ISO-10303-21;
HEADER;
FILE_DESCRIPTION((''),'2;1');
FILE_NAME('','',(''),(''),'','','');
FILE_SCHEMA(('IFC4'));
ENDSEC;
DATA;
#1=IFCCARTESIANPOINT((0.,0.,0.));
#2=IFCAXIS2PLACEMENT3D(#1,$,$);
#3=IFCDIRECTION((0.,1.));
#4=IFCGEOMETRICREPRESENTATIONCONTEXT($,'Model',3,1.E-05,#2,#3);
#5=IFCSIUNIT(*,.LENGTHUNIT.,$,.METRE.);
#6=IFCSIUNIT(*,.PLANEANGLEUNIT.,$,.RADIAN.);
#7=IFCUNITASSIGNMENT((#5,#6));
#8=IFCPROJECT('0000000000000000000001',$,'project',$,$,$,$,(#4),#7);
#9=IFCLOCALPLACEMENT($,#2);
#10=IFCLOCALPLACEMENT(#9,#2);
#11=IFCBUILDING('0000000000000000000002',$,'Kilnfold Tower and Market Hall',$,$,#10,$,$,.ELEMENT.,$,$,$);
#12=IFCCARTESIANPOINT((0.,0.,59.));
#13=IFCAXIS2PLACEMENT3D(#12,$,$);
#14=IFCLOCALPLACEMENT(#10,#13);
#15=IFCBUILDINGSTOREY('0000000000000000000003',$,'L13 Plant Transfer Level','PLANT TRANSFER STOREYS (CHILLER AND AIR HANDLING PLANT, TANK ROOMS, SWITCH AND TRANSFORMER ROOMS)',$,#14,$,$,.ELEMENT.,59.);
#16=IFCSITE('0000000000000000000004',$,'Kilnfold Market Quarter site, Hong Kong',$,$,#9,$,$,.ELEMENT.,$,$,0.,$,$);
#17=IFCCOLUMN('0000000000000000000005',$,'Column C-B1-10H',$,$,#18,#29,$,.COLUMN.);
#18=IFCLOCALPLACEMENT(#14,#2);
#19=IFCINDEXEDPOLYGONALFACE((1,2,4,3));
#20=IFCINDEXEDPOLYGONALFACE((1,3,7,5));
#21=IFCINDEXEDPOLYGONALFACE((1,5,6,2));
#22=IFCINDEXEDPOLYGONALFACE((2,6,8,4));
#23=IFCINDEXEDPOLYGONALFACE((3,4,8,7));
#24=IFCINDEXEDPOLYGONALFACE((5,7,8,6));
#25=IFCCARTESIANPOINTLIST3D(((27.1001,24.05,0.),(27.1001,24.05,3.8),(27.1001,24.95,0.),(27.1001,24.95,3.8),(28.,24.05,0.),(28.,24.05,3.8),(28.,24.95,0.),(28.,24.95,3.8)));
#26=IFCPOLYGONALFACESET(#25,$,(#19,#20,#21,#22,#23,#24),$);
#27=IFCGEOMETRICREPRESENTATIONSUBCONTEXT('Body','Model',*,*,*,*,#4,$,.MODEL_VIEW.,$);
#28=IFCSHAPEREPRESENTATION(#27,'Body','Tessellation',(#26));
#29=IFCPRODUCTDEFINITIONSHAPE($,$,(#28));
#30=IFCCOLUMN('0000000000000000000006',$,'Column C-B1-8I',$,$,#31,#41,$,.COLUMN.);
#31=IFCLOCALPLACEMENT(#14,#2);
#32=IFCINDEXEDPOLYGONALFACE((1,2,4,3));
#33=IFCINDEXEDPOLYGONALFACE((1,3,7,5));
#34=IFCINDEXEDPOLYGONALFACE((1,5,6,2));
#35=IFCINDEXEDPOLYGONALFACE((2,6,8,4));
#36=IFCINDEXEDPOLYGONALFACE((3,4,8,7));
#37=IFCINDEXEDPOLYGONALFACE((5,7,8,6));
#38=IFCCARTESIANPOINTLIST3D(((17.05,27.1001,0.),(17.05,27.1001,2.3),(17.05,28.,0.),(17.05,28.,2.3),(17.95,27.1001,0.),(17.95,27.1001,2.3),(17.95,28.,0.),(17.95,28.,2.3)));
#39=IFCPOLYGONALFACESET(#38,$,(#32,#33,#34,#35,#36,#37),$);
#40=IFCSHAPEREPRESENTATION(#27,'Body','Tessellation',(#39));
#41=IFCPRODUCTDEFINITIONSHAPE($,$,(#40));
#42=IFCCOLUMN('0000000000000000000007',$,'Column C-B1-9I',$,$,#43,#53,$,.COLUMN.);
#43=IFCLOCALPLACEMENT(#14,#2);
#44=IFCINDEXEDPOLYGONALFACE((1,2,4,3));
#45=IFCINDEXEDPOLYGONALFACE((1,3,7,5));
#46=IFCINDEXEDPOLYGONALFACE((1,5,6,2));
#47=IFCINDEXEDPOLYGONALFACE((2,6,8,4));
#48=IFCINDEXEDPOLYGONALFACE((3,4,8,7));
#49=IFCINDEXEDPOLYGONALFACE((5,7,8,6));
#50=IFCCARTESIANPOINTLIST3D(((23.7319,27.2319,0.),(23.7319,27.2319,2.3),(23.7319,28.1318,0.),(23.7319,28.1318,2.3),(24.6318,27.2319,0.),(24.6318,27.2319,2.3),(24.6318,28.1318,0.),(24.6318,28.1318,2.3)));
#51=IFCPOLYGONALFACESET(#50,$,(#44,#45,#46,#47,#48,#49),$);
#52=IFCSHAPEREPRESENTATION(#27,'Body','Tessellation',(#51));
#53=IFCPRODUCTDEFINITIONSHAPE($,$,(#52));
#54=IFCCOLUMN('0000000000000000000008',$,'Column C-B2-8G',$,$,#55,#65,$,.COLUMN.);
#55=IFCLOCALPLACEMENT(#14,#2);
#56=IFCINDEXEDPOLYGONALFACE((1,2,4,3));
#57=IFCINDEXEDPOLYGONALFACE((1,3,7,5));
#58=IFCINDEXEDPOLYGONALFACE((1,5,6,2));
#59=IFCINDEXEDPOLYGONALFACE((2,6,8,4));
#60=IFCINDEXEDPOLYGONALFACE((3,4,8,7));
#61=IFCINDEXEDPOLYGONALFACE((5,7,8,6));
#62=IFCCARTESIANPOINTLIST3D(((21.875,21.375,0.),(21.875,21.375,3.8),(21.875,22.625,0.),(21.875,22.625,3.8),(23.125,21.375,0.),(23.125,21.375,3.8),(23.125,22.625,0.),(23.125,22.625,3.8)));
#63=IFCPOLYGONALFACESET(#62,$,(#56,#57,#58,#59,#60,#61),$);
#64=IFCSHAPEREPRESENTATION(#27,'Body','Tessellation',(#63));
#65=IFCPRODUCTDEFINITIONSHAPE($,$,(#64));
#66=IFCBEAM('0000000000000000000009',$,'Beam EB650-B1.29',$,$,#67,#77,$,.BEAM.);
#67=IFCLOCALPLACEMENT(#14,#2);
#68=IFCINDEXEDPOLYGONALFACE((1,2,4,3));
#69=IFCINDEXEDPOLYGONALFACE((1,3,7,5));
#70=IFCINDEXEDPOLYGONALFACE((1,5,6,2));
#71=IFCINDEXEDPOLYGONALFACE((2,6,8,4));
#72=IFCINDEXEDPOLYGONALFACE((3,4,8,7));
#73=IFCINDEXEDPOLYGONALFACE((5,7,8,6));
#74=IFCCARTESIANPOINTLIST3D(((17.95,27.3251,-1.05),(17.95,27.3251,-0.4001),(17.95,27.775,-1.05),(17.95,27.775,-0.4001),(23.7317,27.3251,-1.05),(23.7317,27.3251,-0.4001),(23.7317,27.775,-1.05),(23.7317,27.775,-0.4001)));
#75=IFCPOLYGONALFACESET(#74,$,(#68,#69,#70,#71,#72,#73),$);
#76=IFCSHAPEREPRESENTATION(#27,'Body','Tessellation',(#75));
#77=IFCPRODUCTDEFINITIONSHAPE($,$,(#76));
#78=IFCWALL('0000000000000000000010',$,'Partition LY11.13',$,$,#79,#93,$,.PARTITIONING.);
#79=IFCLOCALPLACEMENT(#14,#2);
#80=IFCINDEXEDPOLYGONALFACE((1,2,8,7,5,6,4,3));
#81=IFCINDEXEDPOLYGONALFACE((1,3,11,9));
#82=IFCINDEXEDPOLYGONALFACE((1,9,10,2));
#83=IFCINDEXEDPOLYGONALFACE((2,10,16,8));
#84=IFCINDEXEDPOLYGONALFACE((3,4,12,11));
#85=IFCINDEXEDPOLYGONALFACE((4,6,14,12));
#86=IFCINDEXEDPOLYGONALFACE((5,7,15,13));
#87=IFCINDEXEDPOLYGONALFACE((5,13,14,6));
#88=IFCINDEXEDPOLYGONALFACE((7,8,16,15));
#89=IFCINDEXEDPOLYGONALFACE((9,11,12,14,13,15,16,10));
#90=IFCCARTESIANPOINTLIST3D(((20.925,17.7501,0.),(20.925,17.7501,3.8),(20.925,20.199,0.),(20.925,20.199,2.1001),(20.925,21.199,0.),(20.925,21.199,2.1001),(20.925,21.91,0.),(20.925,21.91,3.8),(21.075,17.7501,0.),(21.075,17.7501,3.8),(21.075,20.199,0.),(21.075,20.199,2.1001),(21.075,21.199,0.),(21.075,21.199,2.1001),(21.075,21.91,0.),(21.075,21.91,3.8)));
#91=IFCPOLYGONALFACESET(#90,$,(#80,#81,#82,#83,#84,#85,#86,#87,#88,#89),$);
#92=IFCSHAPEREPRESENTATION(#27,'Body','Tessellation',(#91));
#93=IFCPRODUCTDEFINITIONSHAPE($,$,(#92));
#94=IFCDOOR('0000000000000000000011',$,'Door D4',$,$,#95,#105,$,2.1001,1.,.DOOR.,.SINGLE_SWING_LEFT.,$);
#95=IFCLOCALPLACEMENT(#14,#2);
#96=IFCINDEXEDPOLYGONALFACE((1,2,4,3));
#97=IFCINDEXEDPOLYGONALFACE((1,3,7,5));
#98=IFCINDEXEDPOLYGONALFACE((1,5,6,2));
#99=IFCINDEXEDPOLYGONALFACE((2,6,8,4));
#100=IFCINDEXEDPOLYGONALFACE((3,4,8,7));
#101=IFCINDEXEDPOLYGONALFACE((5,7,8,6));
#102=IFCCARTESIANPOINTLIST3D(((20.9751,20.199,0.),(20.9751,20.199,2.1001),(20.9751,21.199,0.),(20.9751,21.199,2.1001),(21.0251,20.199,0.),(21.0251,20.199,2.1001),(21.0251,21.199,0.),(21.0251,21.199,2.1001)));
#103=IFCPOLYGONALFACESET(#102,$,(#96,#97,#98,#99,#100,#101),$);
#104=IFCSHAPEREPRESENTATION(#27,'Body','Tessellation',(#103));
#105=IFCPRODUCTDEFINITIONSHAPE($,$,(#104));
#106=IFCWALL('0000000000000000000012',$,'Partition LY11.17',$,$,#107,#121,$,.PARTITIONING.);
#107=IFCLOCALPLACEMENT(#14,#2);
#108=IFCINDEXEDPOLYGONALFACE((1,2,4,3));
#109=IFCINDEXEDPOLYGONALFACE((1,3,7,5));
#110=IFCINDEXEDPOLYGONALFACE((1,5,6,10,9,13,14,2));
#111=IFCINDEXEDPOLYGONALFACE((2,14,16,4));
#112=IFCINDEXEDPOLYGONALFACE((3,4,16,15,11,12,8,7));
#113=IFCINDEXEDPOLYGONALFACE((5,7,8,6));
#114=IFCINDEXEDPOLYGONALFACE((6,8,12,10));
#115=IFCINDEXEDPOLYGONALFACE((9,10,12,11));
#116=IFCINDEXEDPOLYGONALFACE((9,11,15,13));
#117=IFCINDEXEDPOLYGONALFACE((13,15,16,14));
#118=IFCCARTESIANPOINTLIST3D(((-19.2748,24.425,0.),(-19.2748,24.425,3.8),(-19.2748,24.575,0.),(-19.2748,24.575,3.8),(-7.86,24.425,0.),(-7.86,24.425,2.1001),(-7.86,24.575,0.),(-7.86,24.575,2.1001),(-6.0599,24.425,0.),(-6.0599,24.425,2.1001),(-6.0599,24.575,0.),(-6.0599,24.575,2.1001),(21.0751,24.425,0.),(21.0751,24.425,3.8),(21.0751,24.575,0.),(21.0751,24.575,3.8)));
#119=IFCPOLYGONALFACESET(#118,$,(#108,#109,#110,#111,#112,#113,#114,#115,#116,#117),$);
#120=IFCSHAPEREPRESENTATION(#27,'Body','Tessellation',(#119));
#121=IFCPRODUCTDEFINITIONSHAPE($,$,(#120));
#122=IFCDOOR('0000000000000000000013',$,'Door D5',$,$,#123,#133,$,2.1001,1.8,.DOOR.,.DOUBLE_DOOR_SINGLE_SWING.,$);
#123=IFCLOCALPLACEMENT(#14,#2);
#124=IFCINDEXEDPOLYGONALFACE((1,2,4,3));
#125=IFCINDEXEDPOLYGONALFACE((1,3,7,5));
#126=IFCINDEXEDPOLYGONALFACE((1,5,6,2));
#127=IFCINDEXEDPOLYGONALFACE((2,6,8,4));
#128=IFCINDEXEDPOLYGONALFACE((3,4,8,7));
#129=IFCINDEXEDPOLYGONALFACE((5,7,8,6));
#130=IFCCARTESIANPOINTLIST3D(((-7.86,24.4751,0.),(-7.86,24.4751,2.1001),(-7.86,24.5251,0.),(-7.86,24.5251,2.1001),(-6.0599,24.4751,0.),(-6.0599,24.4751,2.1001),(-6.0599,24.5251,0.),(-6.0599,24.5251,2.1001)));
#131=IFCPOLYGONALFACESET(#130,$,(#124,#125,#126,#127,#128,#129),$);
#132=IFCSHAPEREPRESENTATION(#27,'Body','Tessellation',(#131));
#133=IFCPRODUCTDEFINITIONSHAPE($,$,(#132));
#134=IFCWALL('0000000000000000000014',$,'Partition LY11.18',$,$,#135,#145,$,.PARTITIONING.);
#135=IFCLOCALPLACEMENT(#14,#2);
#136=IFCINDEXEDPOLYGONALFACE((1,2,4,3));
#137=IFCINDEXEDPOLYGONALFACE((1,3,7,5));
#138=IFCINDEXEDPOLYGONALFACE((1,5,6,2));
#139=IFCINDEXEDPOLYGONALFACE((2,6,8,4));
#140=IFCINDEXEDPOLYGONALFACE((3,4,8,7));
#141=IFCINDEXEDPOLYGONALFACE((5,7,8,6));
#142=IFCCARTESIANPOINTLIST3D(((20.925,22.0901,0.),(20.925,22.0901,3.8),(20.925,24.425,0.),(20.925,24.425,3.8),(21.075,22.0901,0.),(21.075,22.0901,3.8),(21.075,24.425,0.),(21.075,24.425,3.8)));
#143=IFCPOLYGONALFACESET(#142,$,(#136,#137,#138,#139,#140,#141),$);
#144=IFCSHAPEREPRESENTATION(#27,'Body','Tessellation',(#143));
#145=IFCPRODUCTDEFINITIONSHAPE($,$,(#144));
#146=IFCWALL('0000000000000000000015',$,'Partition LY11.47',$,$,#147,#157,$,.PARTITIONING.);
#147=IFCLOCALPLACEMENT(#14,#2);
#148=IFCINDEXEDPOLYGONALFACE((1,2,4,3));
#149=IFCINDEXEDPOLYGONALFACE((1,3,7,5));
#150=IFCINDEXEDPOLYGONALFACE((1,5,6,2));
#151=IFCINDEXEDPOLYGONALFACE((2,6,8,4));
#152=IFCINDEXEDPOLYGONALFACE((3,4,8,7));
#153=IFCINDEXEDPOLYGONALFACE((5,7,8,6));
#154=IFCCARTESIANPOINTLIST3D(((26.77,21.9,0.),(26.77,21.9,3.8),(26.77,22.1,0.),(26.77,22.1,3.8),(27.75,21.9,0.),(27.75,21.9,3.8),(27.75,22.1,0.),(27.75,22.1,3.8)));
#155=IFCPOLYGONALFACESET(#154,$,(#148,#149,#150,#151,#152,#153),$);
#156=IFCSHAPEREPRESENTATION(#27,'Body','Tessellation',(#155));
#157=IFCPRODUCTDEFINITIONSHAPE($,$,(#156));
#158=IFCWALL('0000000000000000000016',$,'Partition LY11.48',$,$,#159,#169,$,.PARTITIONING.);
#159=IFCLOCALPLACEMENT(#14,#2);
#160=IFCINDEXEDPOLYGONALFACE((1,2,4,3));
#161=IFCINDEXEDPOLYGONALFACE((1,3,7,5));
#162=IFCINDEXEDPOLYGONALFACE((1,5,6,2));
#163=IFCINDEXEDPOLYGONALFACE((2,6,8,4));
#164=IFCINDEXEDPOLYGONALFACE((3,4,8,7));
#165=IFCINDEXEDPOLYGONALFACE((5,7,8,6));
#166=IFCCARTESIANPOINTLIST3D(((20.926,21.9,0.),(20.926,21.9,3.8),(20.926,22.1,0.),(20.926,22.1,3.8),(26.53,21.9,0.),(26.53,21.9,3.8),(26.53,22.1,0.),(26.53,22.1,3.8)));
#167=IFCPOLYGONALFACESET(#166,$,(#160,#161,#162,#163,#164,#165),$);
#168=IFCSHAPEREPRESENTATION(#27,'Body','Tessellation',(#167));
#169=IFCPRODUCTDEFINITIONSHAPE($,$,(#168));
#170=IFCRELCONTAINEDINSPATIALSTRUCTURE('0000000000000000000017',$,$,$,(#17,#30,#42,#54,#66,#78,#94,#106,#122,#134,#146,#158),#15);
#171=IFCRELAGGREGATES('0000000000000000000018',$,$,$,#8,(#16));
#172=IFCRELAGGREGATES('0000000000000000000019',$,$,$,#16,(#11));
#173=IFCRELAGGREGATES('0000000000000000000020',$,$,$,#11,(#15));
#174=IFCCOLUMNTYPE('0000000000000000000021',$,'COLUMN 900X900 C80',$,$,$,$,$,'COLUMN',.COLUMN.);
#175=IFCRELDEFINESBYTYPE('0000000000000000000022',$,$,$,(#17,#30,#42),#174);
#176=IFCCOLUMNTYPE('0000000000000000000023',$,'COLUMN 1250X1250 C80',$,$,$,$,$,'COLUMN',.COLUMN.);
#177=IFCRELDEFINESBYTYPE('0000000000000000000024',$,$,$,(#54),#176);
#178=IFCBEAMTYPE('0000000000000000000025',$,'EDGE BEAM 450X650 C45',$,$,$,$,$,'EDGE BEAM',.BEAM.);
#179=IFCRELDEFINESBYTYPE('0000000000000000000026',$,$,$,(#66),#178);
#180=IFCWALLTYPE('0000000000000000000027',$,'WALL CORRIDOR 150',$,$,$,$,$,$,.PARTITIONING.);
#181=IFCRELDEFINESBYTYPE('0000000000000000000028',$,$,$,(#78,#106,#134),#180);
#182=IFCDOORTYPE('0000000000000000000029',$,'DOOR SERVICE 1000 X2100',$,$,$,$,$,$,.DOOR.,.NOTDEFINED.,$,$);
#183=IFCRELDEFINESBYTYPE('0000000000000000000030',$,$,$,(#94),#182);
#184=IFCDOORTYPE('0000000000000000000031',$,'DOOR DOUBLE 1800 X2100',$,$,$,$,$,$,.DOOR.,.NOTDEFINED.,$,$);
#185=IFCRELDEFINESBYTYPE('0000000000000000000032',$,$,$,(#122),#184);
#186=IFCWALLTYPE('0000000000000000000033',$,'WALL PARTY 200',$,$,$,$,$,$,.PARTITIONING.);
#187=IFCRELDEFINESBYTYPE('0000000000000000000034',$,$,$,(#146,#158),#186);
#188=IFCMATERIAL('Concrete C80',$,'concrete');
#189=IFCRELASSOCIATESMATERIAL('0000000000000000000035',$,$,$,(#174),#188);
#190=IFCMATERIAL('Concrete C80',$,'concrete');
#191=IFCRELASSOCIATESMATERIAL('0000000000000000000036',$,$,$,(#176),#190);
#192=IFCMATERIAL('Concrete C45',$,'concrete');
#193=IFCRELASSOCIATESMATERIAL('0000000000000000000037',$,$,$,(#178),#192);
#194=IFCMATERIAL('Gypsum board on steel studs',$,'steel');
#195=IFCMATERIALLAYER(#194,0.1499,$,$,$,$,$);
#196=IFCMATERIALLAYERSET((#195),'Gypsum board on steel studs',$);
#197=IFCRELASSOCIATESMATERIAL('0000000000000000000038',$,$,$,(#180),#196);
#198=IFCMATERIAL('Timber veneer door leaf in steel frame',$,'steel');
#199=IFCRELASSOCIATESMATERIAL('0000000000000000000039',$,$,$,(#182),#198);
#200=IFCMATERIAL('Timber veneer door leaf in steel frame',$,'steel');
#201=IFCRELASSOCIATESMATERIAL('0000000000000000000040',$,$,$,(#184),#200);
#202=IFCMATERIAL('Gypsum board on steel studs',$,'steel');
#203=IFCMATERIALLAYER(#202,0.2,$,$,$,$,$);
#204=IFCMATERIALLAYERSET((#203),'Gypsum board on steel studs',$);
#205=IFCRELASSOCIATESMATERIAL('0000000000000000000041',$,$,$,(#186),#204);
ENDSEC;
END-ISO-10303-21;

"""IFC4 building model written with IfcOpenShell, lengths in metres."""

from ifc_helpers import new_model, si_unit, direction, frame, frame_2d, origin, origin_2d, place, context, subcontext, project, spatial, rectangle, extrude, source, transform, mapped, material, layer, layer_set, material_profile, profile_set, type_object, element, fill, save


model = new_model("IFC4")

# Units and contexts
model_context = context("Model", 3, precision=1e-05, world=origin(), true_north=direction((0.0, 1.0)))
body_context = subcontext(model_context, "Body", "Model", "MODEL_VIEW")
ifc_project = project(units=[si_unit("LENGTHUNIT", "METRE"), si_unit("PLANEANGLEUNIT", "RADIAN")], contexts=[model_context])

# Site, building, storey
site_placement = place(None, origin())
site = spatial("IfcSite", under=ifc_project, at=site_placement, Name="Kilnfold Market Quarter site, Hong Kong", CompositionType="ELEMENT", RefElevation=0.0)
building_placement = place(site_placement, origin())
building = spatial("IfcBuilding", under=site, at=building_placement, Name="Kilnfold Tower and Market Hall", CompositionType="ELEMENT")
storey_placement = place(building_placement, frame((0.0, 0.0, 59.0)))
storey = spatial("IfcBuildingStorey", under=building, at=storey_placement, Name="L13 Plant Transfer Level", Description="PLANT TRANSFER STOREYS (CHILLER AND AIR HANDLING PLANT, TANK ROOMS, SWITCH AND TRANSFORMER ROOMS)", CompositionType="ELEMENT", Elevation=59.0)

# Columns
ifc_material_1 = material(Name="Concrete C80", Category="concrete")
ifc_material_profile_1 = material_profile(ifc_material_1, rectangle(XDim=0.8999, YDim=0.8999, at=origin_2d()), Name="RC 900x900")
ifc_profile_set_1 = profile_set([ifc_material_profile_1], Name="Concrete C80")
column_type_1 = type_object("IfcColumnType", Name="COLUMN 900X900 C80", ElementType="COLUMN", PredefinedType="COLUMN", material=ifc_profile_set_1)
shared_shape_1 = source(origin(), body_context, "Body", "SweptSolid", [
    extrude(rectangle(XDim=0.8999, YDim=0.8999, at=origin_2d()), origin(), (0.0, 0.0, 1.0), 3.8),
])
column_1_placement = place(storey_placement, frame((27.55, 24.5, 0.0), z_axis=(0.0, 0.0, 1.0), x_axis=(1.0, 0.0, 0.0)))
element("IfcColumn", 1, at=column_1_placement, inside=storey, type_object=column_type_1, Name="Column C-B1-10H", PredefinedType="COLUMN", context=body_context, shape_type="MappedRepresentation", body=[
    mapped(shared_shape_1, transform((0.0, 0.0, 0.0))),
])
shared_shape_2 = source(origin(), body_context, "Body", "SweptSolid", [
    extrude(rectangle(XDim=0.8999, YDim=0.8999, at=origin_2d()), origin(), (0.0, 0.0, 1.0), 2.3),
])
for number, where, z_axis, x_axis, name in (
    (2, (17.5, 27.55, 0.0), (0.0, 0.0, 1.0), (1.0, 0.0, 0.0), "Column C-B1-8I"),
    (3, (24.1819, 27.6819, 0.0), (0.0, 0.0, 1.0), (1.0, 0.0, 0.0), "Column C-B1-9I"),
):
    element("IfcColumn", number, at=place(storey_placement, frame(where, z_axis=z_axis, x_axis=x_axis)), inside=storey, type_object=column_type_1, Name=name, PredefinedType="COLUMN", context=body_context, shape_type="MappedRepresentation", body=[
        mapped(shared_shape_2, transform((0.0, 0.0, 0.0))),
    ])
ifc_material_2 = material(Name="Concrete C80", Category="concrete")
ifc_material_profile_2 = material_profile(ifc_material_2, rectangle(XDim=1.25, YDim=1.25, at=origin_2d()), Name="RC 1250x1250")
ifc_profile_set_2 = profile_set([ifc_material_profile_2], Name="Concrete C80")
column_type_2 = type_object("IfcColumnType", Name="COLUMN 1250X1250 C80", ElementType="COLUMN", PredefinedType="COLUMN", material=ifc_profile_set_2)
shared_shape_3 = source(origin(), body_context, "Body", "SweptSolid", [
    extrude(rectangle(XDim=1.25, YDim=1.25, at=origin_2d()), origin(), (0.0, 0.0, 1.0), 3.8),
])
column_2_placement = place(storey_placement, frame((22.5, 22.0, 0.0), z_axis=(0.0, 0.0, 1.0), x_axis=(1.0, 0.0, 0.0)))
element("IfcColumn", 4, at=column_2_placement, inside=storey, type_object=column_type_2, Name="Column C-B2-8G", PredefinedType="COLUMN", context=body_context, shape_type="MappedRepresentation", body=[
    mapped(shared_shape_3, transform((0.0, 0.0, 0.0))),
])

# Beam
ifc_material_3 = material(Name="Concrete C45", Category="concrete")
ifc_material_profile_3 = material_profile(ifc_material_3, rectangle(XDim=0.45, YDim=0.6499, at=origin_2d()), Name="RC 450x650")
ifc_profile_set_3 = profile_set([ifc_material_profile_3], Name="Concrete C45")
beam_type = type_object("IfcBeamType", Name="EDGE BEAM 450X650 C45", ElementType="EDGE BEAM", PredefinedType="BEAM", material=ifc_profile_set_3)
shared_shape_4 = source(origin(), body_context, "Body", "SweptSolid", [
    extrude(rectangle(XDim=0.45, YDim=0.6499, at=origin_2d()), origin(), (0.0, 0.0, 1.0), 5.7817),
])
beam_placement = place(storey_placement, frame((17.95, 27.55, -0.7251), z_axis=(1.0, 0.0, 0.0), x_axis=(0.0, 1.0, 0.0)))
element("IfcBeam", 5, at=beam_placement, inside=storey, type_object=beam_type, Name="Beam EB650-B1.29", PredefinedType="BEAM", context=body_context, shape_type="MappedRepresentation", body=[
    mapped(shared_shape_4, transform((0.0, 0.0, 0.0))),
])

# Walls, openings, doors
ifc_material_4 = material(Name="Gypsum board on steel studs", Category="steel")
ifc_layer_1 = layer(ifc_material_4, 0.1499)
ifc_layer_set_1 = layer_set([ifc_layer_1], Name="Gypsum board on steel studs")
wall_type_1 = type_object("IfcWallType", Name="WALL CORRIDOR 150", PredefinedType="PARTITIONING", material=ifc_layer_set_1)
wall_1_placement = place(storey_placement, frame((21.0, 17.75, 0.0), z_axis=(0.0, 0.0, 1.0), x_axis=(0.0, 1.0, 0.0)))
wall_1 = element("IfcWall", 6, at=wall_1_placement, inside=storey, type_object=wall_type_1, Name="Partition LY11.13", PredefinedType="PARTITIONING", context=body_context, shape_type="SweptSolid", body=[
    extrude(rectangle(XDim=4.1599, YDim=0.1499, at=frame_2d((2.0801, 0.0))), origin(), (0.0, 0.0, 1.0), 3.8),
])
opening_1_placement = place(wall_1_placement, frame((2.449, 0.0, 0.0)))
opening_1 = element("IfcOpeningElement", 7, at=opening_1_placement, cuts=wall_1, PredefinedType="OPENING", context=body_context, shape_type="SweptSolid", body=[
    extrude(rectangle(XDim=1.0, YDim=2.1001, at=frame_2d((0.5, 1.05))), frame((0.0, 0.085, 0.0), z_axis=(0.0, -1.0, 0.0), x_axis=(1.0, 0.0, 0.0)), (0.0, 0.0, 1.0), 0.1699),
])
ifc_material_5 = material(Name="Timber veneer door leaf in steel frame", Category="steel")
door_type_1 = type_object("IfcDoorType", Name="DOOR SERVICE 1000 X2100", OperationType="NOTDEFINED", PredefinedType="DOOR", material=ifc_material_5)
door_1_placement = place(opening_1_placement, origin())
door_1 = element("IfcDoor", 8, at=door_1_placement, inside=storey, type_object=door_type_1, Name="Door D4", OperationType="SINGLE_SWING_LEFT", OverallHeight=2.1001, OverallWidth=1.0, PredefinedType="DOOR", context=body_context, shape_type="SweptSolid", body=[
    extrude(rectangle(XDim=1.0, YDim=2.1001, at=frame_2d((0.5, 1.05))), frame((0.0, 0.0249, 0.0), z_axis=(0.0, -1.0, 0.0), x_axis=(1.0, 0.0, 0.0)), (0.0, 0.0, 1.0), 0.05),
])
fill(opening_1, door_1)
wall_2_placement = place(storey_placement, frame((21.075, 24.5, 0.0), z_axis=(0.0, 0.0, 1.0), x_axis=(-1.0, 0.0, 0.0)))
wall_2 = element("IfcWall", 9, at=wall_2_placement, inside=storey, type_object=wall_type_1, Name="Partition LY11.17", PredefinedType="PARTITIONING", context=body_context, shape_type="SweptSolid", body=[
    extrude(rectangle(XDim=40.3499, YDim=0.1499, at=frame_2d((20.1748, 0.0))), origin(), (0.0, 0.0, 1.0), 3.8),
])
opening_2_placement = place(wall_2_placement, frame((27.135, 0.0, 0.0)))
opening_2 = element("IfcOpeningElement", 10, at=opening_2_placement, cuts=wall_2, PredefinedType="OPENING", context=body_context, shape_type="SweptSolid", body=[
    extrude(rectangle(XDim=1.8, YDim=2.1001, at=frame_2d((0.8999, 1.05))), frame((0.0, 0.085, 0.0), z_axis=(0.0, -1.0, 0.0), x_axis=(1.0, 0.0, 0.0)), (0.0, 0.0, 1.0), 0.1699),
])
ifc_material_6 = material(Name="Timber veneer door leaf in steel frame", Category="steel")
door_type_2 = type_object("IfcDoorType", Name="DOOR DOUBLE 1800 X2100", OperationType="NOTDEFINED", PredefinedType="DOOR", material=ifc_material_6)
door_2_placement = place(opening_2_placement, origin())
door_2 = element("IfcDoor", 11, at=door_2_placement, inside=storey, type_object=door_type_2, Name="Door D5", OperationType="DOUBLE_DOOR_SINGLE_SWING", OverallHeight=2.1001, OverallWidth=1.8, PredefinedType="DOOR", context=body_context, shape_type="SweptSolid", body=[
    extrude(rectangle(XDim=1.8, YDim=2.1001, at=frame_2d((0.8999, 1.05))), frame((0.0, 0.0249, 0.0), z_axis=(0.0, -1.0, 0.0), x_axis=(1.0, 0.0, 0.0)), (0.0, 0.0, 1.0), 0.05),
])
fill(opening_2, door_2)

# Walls
wall_3_placement = place(storey_placement, frame((21.0, 22.0901, 0.0), z_axis=(0.0, 0.0, 1.0), x_axis=(0.0, 1.0, 0.0)))
element("IfcWall", 12, at=wall_3_placement, inside=storey, type_object=wall_type_1, Name="Partition LY11.18", PredefinedType="PARTITIONING", context=body_context, shape_type="SweptSolid", body=[
    extrude(rectangle(XDim=2.335, YDim=0.1499, at=frame_2d((1.1675, 0.0))), origin(), (0.0, 0.0, 1.0), 3.8),
])
ifc_material_7 = material(Name="Gypsum board on steel studs", Category="steel")
ifc_layer_2 = layer(ifc_material_7, 0.2)
ifc_layer_set_2 = layer_set([ifc_layer_2], Name="Gypsum board on steel studs")
wall_type_2 = type_object("IfcWallType", Name="WALL PARTY 200", PredefinedType="PARTITIONING", material=ifc_layer_set_2)
wall_4_placement = place(storey_placement, frame((27.75, 22.0, 0.0), z_axis=(0.0, 0.0, 1.0), x_axis=(-1.0, 0.0, 0.0)))
element("IfcWall", 13, at=wall_4_placement, inside=storey, type_object=wall_type_2, Name="Partition LY11.47", PredefinedType="PARTITIONING", context=body_context, shape_type="SweptSolid", body=[
    extrude(rectangle(XDim=0.98, YDim=0.2, at=frame_2d((0.49, 0.0))), origin(), (0.0, 0.0, 1.0), 3.8),
])
wall_5_placement = place(storey_placement, frame((26.53, 22.0, 0.0), z_axis=(0.0, 0.0, 1.0), x_axis=(-1.0, 0.0, 0.0)))
element("IfcWall", 14, at=wall_5_placement, inside=storey, type_object=wall_type_2, Name="Partition LY11.48", PredefinedType="PARTITIONING", context=body_context, shape_type="SweptSolid", body=[
    extrude(rectangle(XDim=5.604, YDim=0.2, at=frame_2d((2.802, 0.0))), origin(), (0.0, 0.0, 1.0), 3.8),
])

save(model, "model.ifc")
